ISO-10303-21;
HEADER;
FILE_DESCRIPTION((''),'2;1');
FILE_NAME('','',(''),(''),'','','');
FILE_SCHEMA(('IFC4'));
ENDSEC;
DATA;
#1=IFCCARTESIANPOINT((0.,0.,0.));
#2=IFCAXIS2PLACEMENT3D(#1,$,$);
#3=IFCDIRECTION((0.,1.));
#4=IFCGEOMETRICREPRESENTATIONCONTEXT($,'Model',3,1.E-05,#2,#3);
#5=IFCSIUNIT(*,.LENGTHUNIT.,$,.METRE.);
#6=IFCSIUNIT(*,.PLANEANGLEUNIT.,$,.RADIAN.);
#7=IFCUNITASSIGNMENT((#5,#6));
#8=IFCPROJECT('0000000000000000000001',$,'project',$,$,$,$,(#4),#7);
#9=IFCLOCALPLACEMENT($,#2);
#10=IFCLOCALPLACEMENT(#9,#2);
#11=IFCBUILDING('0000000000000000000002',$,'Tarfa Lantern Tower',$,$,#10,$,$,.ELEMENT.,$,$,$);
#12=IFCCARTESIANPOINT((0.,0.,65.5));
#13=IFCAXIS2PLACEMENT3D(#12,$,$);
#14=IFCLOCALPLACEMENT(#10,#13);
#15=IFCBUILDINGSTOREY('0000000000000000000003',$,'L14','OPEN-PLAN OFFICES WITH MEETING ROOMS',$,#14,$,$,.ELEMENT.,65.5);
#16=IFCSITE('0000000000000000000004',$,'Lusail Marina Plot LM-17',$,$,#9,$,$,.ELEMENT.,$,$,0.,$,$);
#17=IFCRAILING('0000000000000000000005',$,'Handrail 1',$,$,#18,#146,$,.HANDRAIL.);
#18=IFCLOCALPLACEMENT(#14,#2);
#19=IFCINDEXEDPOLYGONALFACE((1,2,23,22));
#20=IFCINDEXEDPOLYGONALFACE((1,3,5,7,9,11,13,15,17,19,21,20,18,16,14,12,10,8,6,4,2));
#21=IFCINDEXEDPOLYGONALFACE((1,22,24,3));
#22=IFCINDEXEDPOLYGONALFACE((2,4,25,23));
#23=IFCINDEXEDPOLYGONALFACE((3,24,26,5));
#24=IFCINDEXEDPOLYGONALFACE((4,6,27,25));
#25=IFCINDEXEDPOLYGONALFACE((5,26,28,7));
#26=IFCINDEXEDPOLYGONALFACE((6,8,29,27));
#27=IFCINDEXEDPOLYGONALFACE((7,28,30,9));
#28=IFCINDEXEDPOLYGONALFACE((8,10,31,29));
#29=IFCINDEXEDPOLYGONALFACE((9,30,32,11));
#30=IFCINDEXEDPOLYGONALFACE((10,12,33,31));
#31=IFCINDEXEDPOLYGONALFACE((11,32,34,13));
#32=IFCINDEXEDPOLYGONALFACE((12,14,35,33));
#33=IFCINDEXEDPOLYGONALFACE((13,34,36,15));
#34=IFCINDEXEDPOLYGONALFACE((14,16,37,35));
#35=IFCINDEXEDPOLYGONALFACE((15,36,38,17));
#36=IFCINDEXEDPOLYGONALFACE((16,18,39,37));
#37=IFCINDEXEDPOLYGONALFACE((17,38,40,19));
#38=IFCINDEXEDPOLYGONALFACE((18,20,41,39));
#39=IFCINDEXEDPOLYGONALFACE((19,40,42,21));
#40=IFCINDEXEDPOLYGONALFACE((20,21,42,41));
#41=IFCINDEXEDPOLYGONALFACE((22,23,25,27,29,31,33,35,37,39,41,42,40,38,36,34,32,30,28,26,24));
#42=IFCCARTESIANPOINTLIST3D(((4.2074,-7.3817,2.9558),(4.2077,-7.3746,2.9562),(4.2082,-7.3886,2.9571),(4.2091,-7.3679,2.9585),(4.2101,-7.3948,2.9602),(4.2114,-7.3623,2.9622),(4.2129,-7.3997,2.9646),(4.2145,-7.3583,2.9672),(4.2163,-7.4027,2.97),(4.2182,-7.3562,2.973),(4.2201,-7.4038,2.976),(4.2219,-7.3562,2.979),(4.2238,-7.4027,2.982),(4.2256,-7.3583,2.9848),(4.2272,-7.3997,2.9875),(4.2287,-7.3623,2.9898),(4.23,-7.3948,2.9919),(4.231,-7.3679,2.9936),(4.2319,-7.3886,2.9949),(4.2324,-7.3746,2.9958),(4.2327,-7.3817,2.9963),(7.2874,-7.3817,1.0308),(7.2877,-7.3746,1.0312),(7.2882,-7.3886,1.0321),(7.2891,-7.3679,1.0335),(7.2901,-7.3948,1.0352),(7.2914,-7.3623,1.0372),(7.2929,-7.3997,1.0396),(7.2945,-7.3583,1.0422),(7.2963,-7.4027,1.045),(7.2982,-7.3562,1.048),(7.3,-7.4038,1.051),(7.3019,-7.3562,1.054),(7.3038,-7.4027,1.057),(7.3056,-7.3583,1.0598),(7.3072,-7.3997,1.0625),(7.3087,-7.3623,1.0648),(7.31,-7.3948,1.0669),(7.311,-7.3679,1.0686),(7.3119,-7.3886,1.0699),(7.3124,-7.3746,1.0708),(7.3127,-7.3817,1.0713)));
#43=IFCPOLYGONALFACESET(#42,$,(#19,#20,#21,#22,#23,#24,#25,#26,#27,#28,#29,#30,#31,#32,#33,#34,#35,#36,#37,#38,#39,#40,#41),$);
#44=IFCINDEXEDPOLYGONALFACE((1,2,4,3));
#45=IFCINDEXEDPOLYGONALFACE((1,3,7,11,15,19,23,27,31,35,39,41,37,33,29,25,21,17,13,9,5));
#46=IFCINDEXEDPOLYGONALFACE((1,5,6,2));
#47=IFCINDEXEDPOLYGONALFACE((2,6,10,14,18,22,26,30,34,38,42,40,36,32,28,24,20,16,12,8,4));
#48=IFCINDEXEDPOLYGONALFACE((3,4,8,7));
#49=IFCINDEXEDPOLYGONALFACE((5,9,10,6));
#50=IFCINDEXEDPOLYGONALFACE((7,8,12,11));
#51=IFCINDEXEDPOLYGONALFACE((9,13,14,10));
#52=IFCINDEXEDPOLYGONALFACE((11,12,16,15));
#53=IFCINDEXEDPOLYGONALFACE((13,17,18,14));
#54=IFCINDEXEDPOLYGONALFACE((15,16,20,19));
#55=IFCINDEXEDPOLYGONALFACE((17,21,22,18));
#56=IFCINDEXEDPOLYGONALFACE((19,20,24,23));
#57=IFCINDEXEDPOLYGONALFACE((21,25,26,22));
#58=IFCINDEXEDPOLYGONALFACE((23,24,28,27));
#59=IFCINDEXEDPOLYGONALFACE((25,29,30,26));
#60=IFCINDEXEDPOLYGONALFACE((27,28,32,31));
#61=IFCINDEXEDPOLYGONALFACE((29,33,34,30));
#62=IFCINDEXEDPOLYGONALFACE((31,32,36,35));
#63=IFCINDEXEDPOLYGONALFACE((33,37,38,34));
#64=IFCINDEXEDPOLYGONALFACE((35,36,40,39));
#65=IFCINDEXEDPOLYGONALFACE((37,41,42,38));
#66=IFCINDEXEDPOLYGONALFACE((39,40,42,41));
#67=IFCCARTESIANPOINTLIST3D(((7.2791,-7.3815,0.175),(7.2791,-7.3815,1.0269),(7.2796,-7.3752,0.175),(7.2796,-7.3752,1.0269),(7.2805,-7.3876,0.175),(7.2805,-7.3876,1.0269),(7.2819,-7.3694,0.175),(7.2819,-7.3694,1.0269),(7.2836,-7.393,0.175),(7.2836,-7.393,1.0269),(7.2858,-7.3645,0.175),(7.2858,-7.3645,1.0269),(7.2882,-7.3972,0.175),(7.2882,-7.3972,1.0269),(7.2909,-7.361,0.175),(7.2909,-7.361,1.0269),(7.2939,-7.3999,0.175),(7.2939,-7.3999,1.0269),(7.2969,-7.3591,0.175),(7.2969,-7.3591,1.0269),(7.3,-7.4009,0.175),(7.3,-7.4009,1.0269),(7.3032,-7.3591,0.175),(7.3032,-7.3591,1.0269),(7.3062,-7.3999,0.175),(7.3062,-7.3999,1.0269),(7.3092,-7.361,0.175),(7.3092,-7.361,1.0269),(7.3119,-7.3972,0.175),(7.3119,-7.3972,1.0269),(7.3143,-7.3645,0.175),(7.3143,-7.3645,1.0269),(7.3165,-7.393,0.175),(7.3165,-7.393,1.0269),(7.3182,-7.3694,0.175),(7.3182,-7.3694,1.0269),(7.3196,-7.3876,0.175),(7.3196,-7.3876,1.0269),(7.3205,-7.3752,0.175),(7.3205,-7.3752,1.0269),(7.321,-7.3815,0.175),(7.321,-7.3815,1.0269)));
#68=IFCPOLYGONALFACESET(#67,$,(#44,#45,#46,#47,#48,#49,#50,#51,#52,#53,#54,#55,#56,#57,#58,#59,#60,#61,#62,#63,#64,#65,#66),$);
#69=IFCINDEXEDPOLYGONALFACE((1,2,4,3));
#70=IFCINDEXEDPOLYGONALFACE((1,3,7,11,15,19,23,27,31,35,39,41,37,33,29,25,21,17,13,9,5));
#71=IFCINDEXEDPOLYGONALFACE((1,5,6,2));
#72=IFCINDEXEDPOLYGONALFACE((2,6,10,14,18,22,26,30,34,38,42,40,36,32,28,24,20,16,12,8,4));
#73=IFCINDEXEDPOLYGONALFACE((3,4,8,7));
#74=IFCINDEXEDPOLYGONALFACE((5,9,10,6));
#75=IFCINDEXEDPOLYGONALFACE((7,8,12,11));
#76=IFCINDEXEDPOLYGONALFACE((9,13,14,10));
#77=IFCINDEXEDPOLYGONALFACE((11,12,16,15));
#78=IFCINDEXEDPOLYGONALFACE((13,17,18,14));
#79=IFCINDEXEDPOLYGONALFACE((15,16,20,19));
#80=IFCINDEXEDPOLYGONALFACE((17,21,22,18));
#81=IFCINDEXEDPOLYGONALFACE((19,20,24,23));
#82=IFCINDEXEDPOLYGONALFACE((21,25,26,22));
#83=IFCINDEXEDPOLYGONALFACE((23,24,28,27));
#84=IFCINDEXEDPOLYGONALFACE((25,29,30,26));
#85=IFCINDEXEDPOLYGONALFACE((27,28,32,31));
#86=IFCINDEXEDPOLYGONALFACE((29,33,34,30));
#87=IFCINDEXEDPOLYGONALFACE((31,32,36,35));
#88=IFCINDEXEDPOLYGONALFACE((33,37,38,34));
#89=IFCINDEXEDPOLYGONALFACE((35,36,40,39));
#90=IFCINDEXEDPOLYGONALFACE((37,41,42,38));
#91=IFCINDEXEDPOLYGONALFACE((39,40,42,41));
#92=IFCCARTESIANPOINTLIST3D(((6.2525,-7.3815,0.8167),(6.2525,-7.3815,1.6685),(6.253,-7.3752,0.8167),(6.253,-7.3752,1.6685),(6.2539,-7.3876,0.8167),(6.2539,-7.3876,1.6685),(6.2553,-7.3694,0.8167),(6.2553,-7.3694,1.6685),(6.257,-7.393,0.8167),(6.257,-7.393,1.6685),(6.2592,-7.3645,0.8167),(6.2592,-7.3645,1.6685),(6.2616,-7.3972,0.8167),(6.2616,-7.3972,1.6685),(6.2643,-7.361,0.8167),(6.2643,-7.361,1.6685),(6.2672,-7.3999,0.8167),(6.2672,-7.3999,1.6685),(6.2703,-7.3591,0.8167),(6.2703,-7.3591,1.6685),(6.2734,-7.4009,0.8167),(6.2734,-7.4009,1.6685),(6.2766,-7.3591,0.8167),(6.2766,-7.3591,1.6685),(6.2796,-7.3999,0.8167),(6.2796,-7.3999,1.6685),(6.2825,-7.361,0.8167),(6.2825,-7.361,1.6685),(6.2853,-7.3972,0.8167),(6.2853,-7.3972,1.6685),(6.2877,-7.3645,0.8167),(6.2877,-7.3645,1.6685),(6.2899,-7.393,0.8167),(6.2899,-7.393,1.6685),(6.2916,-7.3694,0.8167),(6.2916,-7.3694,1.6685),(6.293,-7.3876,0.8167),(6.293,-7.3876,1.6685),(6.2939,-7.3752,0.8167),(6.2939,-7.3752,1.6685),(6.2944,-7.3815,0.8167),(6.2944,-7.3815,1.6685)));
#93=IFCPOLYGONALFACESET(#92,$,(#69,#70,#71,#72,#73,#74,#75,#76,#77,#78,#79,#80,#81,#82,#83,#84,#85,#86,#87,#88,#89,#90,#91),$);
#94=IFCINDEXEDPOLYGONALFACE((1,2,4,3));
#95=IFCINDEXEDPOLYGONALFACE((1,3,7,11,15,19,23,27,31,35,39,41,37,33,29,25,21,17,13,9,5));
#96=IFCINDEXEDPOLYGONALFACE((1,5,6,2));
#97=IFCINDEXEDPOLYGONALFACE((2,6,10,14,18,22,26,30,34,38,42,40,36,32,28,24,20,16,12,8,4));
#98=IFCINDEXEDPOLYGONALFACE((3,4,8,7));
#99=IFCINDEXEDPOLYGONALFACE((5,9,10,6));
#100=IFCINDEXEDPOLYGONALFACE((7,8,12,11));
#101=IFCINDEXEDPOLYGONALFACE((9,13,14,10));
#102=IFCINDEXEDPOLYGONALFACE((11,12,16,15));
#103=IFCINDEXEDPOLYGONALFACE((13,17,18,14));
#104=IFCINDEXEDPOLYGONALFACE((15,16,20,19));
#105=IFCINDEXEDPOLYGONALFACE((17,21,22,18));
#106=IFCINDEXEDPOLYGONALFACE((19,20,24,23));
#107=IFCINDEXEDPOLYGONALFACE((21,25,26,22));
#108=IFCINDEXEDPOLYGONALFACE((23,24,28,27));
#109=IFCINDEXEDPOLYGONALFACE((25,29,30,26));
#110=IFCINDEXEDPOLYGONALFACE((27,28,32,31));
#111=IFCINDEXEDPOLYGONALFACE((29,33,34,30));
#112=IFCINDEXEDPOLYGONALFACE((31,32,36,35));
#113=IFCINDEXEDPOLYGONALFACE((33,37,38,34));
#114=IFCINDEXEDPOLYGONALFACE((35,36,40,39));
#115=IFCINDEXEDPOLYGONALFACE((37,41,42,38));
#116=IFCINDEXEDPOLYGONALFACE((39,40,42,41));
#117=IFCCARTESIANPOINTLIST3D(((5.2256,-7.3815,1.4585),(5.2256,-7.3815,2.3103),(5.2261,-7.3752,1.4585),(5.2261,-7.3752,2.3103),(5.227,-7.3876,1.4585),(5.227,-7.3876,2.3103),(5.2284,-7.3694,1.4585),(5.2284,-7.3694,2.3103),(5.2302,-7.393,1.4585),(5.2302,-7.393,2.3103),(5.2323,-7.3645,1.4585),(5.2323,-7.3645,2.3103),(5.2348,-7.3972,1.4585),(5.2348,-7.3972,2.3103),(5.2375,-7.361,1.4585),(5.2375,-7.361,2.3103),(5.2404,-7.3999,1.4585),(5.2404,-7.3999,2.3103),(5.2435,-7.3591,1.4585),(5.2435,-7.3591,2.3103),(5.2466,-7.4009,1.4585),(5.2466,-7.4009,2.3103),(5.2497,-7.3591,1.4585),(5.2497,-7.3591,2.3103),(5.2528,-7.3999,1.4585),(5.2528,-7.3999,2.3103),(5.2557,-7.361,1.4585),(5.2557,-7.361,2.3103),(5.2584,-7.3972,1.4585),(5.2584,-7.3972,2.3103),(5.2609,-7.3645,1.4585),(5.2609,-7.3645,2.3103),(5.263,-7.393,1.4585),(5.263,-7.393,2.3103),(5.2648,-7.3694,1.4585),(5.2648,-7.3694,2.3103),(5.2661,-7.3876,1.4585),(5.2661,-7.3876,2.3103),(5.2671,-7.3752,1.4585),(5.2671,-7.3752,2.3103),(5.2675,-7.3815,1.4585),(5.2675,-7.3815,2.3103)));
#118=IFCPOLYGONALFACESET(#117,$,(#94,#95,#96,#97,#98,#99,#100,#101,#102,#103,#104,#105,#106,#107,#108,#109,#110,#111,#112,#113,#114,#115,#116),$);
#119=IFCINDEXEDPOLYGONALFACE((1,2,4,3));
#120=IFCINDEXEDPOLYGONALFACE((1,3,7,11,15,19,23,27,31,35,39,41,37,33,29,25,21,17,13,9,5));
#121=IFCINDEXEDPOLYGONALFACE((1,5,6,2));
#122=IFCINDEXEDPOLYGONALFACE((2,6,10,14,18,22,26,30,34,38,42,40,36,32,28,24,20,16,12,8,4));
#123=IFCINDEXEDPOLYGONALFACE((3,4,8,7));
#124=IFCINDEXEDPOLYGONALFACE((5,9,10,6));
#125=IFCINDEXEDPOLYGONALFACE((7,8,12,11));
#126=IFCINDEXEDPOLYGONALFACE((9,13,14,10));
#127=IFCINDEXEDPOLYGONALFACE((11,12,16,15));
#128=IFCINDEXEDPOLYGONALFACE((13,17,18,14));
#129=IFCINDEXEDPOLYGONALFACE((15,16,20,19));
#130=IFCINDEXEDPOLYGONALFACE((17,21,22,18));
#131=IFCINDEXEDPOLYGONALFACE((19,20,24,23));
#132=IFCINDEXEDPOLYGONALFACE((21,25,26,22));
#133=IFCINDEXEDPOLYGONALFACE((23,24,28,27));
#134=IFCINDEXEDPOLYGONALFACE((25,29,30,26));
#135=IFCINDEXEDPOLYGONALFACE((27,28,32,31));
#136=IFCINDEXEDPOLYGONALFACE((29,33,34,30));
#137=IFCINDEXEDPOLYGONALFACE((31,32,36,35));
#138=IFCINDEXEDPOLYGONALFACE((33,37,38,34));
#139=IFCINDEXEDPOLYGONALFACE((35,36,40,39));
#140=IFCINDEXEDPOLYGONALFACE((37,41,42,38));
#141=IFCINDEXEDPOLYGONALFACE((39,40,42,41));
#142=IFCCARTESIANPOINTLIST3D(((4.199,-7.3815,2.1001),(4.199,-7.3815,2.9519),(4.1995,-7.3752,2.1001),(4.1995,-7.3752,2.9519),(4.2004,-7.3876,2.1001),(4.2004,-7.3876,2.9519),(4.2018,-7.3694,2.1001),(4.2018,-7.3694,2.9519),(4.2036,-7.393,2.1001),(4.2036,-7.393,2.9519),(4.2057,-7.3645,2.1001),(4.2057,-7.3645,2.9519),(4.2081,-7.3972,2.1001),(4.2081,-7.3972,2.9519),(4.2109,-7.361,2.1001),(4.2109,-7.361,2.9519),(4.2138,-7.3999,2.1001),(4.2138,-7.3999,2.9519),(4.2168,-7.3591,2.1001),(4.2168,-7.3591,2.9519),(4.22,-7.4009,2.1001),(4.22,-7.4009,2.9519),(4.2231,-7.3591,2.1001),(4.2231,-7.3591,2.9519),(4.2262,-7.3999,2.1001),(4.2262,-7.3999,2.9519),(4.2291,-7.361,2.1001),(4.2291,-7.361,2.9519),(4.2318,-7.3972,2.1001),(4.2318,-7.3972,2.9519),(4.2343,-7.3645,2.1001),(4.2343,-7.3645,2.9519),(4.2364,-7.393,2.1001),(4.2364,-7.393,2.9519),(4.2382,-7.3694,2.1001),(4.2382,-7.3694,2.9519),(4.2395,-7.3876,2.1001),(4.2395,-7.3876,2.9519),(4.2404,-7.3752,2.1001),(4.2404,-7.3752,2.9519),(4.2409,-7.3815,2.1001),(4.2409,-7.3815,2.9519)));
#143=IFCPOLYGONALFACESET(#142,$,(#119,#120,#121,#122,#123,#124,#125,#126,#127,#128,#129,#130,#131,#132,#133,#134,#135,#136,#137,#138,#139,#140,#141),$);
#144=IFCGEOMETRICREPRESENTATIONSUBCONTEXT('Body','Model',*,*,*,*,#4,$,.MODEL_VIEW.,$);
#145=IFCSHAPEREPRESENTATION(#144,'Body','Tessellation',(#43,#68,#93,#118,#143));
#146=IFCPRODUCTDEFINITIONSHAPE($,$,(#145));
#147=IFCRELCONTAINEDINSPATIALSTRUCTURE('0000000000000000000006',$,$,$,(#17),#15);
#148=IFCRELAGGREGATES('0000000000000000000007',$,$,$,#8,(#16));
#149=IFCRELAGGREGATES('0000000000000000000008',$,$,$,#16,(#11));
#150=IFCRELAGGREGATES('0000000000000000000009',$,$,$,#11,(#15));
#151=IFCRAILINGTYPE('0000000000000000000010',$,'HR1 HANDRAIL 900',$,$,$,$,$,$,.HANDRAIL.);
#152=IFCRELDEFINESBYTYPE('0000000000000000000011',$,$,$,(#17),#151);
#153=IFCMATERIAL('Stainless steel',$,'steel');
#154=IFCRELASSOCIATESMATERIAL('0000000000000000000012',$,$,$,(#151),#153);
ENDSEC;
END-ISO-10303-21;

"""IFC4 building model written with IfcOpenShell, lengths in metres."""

from ifc_helpers import new_model, si_unit, direction, frame, origin, origin_2d, place, context, subcontext, project, spatial, circle, extrude, material, type_object, element, save


model = new_model("IFC4")

# Units and contexts
model_context = context("Model", 3, precision=1e-05, world=origin(), true_north=direction((0.0, 1.0)))
body_context = subcontext(model_context, "Body", "Model", "MODEL_VIEW")
ifc_project = project(units=[si_unit("LENGTHUNIT", "METRE"), si_unit("PLANEANGLEUNIT", "RADIAN")], contexts=[model_context])

# Site, building, storey
site_placement = place(None, origin())
site = spatial("IfcSite", under=ifc_project, at=site_placement, Name="Lusail Marina Plot LM-17", CompositionType="ELEMENT", RefElevation=0.0)
building_placement = place(site_placement, origin())
building = spatial("IfcBuilding", under=site, at=building_placement, Name="Tarfa Lantern Tower", CompositionType="ELEMENT")
storey_placement = place(building_placement, frame((0.0, 0.0, 65.5)))
storey = spatial("IfcBuildingStorey", under=building, at=storey_placement, Name="L14", Description="OPEN-PLAN OFFICES WITH MEETING ROOMS", CompositionType="ELEMENT", Elevation=65.5)

# Railing
ifc_material_1 = material(Name="Stainless steel", Category="steel")
railing_type = type_object("IfcRailingType", Name="HR1 HANDRAIL 900", PredefinedType="HANDRAIL", material=ifc_material_1)
railing_1_placement = place(storey_placement, frame((7.3, -7.3799, 0.175)))
element("IfcRailing", 1, at=railing_1_placement, inside=storey, type_object=railing_type, Name="Handrail 1", PredefinedType="HANDRAIL", context=body_context, shape_type="SweptSolid", body=[
    extrude(circle(Radius=0.0239, at=origin_2d()), frame((0.0, 0.0, 0.876), z_axis=(-0.847998, 0.0, 0.529999), x_axis=(0.0, -1.0, 0.0)), (0.0, 0.0, 1.0), 3.6321),
    extrude(circle(Radius=0.021, at=origin_2d()), frame((0.0, 0.0, 0.0), z_axis=(0.0, 0.0, 1.0), x_axis=(0.0, -1.0, 0.0)), (0.0, 0.0, 1.0), 0.8518),
    extrude(circle(Radius=0.021, at=origin_2d()), frame((-1.0266, 0.0, 0.6416), z_axis=(0.0, 0.0, 1.0), x_axis=(0.0, -1.0, 0.0)), (0.0, 0.0, 1.0), 0.8518),
    extrude(circle(Radius=0.021, at=origin_2d()), frame((-2.0535, 0.0, 1.2834), z_axis=(0.0, 0.0, 1.0), x_axis=(0.0, -1.0, 0.0)), (0.0, 0.0, 1.0), 0.8518),
    extrude(circle(Radius=0.021, at=origin_2d()), frame((-3.0801, 0.0, 1.925), z_axis=(0.0, 0.0, 1.0), x_axis=(0.0, -1.0, 0.0)), (0.0, 0.0, 1.0), 0.8518),
])

save(model, "model.ifc")
